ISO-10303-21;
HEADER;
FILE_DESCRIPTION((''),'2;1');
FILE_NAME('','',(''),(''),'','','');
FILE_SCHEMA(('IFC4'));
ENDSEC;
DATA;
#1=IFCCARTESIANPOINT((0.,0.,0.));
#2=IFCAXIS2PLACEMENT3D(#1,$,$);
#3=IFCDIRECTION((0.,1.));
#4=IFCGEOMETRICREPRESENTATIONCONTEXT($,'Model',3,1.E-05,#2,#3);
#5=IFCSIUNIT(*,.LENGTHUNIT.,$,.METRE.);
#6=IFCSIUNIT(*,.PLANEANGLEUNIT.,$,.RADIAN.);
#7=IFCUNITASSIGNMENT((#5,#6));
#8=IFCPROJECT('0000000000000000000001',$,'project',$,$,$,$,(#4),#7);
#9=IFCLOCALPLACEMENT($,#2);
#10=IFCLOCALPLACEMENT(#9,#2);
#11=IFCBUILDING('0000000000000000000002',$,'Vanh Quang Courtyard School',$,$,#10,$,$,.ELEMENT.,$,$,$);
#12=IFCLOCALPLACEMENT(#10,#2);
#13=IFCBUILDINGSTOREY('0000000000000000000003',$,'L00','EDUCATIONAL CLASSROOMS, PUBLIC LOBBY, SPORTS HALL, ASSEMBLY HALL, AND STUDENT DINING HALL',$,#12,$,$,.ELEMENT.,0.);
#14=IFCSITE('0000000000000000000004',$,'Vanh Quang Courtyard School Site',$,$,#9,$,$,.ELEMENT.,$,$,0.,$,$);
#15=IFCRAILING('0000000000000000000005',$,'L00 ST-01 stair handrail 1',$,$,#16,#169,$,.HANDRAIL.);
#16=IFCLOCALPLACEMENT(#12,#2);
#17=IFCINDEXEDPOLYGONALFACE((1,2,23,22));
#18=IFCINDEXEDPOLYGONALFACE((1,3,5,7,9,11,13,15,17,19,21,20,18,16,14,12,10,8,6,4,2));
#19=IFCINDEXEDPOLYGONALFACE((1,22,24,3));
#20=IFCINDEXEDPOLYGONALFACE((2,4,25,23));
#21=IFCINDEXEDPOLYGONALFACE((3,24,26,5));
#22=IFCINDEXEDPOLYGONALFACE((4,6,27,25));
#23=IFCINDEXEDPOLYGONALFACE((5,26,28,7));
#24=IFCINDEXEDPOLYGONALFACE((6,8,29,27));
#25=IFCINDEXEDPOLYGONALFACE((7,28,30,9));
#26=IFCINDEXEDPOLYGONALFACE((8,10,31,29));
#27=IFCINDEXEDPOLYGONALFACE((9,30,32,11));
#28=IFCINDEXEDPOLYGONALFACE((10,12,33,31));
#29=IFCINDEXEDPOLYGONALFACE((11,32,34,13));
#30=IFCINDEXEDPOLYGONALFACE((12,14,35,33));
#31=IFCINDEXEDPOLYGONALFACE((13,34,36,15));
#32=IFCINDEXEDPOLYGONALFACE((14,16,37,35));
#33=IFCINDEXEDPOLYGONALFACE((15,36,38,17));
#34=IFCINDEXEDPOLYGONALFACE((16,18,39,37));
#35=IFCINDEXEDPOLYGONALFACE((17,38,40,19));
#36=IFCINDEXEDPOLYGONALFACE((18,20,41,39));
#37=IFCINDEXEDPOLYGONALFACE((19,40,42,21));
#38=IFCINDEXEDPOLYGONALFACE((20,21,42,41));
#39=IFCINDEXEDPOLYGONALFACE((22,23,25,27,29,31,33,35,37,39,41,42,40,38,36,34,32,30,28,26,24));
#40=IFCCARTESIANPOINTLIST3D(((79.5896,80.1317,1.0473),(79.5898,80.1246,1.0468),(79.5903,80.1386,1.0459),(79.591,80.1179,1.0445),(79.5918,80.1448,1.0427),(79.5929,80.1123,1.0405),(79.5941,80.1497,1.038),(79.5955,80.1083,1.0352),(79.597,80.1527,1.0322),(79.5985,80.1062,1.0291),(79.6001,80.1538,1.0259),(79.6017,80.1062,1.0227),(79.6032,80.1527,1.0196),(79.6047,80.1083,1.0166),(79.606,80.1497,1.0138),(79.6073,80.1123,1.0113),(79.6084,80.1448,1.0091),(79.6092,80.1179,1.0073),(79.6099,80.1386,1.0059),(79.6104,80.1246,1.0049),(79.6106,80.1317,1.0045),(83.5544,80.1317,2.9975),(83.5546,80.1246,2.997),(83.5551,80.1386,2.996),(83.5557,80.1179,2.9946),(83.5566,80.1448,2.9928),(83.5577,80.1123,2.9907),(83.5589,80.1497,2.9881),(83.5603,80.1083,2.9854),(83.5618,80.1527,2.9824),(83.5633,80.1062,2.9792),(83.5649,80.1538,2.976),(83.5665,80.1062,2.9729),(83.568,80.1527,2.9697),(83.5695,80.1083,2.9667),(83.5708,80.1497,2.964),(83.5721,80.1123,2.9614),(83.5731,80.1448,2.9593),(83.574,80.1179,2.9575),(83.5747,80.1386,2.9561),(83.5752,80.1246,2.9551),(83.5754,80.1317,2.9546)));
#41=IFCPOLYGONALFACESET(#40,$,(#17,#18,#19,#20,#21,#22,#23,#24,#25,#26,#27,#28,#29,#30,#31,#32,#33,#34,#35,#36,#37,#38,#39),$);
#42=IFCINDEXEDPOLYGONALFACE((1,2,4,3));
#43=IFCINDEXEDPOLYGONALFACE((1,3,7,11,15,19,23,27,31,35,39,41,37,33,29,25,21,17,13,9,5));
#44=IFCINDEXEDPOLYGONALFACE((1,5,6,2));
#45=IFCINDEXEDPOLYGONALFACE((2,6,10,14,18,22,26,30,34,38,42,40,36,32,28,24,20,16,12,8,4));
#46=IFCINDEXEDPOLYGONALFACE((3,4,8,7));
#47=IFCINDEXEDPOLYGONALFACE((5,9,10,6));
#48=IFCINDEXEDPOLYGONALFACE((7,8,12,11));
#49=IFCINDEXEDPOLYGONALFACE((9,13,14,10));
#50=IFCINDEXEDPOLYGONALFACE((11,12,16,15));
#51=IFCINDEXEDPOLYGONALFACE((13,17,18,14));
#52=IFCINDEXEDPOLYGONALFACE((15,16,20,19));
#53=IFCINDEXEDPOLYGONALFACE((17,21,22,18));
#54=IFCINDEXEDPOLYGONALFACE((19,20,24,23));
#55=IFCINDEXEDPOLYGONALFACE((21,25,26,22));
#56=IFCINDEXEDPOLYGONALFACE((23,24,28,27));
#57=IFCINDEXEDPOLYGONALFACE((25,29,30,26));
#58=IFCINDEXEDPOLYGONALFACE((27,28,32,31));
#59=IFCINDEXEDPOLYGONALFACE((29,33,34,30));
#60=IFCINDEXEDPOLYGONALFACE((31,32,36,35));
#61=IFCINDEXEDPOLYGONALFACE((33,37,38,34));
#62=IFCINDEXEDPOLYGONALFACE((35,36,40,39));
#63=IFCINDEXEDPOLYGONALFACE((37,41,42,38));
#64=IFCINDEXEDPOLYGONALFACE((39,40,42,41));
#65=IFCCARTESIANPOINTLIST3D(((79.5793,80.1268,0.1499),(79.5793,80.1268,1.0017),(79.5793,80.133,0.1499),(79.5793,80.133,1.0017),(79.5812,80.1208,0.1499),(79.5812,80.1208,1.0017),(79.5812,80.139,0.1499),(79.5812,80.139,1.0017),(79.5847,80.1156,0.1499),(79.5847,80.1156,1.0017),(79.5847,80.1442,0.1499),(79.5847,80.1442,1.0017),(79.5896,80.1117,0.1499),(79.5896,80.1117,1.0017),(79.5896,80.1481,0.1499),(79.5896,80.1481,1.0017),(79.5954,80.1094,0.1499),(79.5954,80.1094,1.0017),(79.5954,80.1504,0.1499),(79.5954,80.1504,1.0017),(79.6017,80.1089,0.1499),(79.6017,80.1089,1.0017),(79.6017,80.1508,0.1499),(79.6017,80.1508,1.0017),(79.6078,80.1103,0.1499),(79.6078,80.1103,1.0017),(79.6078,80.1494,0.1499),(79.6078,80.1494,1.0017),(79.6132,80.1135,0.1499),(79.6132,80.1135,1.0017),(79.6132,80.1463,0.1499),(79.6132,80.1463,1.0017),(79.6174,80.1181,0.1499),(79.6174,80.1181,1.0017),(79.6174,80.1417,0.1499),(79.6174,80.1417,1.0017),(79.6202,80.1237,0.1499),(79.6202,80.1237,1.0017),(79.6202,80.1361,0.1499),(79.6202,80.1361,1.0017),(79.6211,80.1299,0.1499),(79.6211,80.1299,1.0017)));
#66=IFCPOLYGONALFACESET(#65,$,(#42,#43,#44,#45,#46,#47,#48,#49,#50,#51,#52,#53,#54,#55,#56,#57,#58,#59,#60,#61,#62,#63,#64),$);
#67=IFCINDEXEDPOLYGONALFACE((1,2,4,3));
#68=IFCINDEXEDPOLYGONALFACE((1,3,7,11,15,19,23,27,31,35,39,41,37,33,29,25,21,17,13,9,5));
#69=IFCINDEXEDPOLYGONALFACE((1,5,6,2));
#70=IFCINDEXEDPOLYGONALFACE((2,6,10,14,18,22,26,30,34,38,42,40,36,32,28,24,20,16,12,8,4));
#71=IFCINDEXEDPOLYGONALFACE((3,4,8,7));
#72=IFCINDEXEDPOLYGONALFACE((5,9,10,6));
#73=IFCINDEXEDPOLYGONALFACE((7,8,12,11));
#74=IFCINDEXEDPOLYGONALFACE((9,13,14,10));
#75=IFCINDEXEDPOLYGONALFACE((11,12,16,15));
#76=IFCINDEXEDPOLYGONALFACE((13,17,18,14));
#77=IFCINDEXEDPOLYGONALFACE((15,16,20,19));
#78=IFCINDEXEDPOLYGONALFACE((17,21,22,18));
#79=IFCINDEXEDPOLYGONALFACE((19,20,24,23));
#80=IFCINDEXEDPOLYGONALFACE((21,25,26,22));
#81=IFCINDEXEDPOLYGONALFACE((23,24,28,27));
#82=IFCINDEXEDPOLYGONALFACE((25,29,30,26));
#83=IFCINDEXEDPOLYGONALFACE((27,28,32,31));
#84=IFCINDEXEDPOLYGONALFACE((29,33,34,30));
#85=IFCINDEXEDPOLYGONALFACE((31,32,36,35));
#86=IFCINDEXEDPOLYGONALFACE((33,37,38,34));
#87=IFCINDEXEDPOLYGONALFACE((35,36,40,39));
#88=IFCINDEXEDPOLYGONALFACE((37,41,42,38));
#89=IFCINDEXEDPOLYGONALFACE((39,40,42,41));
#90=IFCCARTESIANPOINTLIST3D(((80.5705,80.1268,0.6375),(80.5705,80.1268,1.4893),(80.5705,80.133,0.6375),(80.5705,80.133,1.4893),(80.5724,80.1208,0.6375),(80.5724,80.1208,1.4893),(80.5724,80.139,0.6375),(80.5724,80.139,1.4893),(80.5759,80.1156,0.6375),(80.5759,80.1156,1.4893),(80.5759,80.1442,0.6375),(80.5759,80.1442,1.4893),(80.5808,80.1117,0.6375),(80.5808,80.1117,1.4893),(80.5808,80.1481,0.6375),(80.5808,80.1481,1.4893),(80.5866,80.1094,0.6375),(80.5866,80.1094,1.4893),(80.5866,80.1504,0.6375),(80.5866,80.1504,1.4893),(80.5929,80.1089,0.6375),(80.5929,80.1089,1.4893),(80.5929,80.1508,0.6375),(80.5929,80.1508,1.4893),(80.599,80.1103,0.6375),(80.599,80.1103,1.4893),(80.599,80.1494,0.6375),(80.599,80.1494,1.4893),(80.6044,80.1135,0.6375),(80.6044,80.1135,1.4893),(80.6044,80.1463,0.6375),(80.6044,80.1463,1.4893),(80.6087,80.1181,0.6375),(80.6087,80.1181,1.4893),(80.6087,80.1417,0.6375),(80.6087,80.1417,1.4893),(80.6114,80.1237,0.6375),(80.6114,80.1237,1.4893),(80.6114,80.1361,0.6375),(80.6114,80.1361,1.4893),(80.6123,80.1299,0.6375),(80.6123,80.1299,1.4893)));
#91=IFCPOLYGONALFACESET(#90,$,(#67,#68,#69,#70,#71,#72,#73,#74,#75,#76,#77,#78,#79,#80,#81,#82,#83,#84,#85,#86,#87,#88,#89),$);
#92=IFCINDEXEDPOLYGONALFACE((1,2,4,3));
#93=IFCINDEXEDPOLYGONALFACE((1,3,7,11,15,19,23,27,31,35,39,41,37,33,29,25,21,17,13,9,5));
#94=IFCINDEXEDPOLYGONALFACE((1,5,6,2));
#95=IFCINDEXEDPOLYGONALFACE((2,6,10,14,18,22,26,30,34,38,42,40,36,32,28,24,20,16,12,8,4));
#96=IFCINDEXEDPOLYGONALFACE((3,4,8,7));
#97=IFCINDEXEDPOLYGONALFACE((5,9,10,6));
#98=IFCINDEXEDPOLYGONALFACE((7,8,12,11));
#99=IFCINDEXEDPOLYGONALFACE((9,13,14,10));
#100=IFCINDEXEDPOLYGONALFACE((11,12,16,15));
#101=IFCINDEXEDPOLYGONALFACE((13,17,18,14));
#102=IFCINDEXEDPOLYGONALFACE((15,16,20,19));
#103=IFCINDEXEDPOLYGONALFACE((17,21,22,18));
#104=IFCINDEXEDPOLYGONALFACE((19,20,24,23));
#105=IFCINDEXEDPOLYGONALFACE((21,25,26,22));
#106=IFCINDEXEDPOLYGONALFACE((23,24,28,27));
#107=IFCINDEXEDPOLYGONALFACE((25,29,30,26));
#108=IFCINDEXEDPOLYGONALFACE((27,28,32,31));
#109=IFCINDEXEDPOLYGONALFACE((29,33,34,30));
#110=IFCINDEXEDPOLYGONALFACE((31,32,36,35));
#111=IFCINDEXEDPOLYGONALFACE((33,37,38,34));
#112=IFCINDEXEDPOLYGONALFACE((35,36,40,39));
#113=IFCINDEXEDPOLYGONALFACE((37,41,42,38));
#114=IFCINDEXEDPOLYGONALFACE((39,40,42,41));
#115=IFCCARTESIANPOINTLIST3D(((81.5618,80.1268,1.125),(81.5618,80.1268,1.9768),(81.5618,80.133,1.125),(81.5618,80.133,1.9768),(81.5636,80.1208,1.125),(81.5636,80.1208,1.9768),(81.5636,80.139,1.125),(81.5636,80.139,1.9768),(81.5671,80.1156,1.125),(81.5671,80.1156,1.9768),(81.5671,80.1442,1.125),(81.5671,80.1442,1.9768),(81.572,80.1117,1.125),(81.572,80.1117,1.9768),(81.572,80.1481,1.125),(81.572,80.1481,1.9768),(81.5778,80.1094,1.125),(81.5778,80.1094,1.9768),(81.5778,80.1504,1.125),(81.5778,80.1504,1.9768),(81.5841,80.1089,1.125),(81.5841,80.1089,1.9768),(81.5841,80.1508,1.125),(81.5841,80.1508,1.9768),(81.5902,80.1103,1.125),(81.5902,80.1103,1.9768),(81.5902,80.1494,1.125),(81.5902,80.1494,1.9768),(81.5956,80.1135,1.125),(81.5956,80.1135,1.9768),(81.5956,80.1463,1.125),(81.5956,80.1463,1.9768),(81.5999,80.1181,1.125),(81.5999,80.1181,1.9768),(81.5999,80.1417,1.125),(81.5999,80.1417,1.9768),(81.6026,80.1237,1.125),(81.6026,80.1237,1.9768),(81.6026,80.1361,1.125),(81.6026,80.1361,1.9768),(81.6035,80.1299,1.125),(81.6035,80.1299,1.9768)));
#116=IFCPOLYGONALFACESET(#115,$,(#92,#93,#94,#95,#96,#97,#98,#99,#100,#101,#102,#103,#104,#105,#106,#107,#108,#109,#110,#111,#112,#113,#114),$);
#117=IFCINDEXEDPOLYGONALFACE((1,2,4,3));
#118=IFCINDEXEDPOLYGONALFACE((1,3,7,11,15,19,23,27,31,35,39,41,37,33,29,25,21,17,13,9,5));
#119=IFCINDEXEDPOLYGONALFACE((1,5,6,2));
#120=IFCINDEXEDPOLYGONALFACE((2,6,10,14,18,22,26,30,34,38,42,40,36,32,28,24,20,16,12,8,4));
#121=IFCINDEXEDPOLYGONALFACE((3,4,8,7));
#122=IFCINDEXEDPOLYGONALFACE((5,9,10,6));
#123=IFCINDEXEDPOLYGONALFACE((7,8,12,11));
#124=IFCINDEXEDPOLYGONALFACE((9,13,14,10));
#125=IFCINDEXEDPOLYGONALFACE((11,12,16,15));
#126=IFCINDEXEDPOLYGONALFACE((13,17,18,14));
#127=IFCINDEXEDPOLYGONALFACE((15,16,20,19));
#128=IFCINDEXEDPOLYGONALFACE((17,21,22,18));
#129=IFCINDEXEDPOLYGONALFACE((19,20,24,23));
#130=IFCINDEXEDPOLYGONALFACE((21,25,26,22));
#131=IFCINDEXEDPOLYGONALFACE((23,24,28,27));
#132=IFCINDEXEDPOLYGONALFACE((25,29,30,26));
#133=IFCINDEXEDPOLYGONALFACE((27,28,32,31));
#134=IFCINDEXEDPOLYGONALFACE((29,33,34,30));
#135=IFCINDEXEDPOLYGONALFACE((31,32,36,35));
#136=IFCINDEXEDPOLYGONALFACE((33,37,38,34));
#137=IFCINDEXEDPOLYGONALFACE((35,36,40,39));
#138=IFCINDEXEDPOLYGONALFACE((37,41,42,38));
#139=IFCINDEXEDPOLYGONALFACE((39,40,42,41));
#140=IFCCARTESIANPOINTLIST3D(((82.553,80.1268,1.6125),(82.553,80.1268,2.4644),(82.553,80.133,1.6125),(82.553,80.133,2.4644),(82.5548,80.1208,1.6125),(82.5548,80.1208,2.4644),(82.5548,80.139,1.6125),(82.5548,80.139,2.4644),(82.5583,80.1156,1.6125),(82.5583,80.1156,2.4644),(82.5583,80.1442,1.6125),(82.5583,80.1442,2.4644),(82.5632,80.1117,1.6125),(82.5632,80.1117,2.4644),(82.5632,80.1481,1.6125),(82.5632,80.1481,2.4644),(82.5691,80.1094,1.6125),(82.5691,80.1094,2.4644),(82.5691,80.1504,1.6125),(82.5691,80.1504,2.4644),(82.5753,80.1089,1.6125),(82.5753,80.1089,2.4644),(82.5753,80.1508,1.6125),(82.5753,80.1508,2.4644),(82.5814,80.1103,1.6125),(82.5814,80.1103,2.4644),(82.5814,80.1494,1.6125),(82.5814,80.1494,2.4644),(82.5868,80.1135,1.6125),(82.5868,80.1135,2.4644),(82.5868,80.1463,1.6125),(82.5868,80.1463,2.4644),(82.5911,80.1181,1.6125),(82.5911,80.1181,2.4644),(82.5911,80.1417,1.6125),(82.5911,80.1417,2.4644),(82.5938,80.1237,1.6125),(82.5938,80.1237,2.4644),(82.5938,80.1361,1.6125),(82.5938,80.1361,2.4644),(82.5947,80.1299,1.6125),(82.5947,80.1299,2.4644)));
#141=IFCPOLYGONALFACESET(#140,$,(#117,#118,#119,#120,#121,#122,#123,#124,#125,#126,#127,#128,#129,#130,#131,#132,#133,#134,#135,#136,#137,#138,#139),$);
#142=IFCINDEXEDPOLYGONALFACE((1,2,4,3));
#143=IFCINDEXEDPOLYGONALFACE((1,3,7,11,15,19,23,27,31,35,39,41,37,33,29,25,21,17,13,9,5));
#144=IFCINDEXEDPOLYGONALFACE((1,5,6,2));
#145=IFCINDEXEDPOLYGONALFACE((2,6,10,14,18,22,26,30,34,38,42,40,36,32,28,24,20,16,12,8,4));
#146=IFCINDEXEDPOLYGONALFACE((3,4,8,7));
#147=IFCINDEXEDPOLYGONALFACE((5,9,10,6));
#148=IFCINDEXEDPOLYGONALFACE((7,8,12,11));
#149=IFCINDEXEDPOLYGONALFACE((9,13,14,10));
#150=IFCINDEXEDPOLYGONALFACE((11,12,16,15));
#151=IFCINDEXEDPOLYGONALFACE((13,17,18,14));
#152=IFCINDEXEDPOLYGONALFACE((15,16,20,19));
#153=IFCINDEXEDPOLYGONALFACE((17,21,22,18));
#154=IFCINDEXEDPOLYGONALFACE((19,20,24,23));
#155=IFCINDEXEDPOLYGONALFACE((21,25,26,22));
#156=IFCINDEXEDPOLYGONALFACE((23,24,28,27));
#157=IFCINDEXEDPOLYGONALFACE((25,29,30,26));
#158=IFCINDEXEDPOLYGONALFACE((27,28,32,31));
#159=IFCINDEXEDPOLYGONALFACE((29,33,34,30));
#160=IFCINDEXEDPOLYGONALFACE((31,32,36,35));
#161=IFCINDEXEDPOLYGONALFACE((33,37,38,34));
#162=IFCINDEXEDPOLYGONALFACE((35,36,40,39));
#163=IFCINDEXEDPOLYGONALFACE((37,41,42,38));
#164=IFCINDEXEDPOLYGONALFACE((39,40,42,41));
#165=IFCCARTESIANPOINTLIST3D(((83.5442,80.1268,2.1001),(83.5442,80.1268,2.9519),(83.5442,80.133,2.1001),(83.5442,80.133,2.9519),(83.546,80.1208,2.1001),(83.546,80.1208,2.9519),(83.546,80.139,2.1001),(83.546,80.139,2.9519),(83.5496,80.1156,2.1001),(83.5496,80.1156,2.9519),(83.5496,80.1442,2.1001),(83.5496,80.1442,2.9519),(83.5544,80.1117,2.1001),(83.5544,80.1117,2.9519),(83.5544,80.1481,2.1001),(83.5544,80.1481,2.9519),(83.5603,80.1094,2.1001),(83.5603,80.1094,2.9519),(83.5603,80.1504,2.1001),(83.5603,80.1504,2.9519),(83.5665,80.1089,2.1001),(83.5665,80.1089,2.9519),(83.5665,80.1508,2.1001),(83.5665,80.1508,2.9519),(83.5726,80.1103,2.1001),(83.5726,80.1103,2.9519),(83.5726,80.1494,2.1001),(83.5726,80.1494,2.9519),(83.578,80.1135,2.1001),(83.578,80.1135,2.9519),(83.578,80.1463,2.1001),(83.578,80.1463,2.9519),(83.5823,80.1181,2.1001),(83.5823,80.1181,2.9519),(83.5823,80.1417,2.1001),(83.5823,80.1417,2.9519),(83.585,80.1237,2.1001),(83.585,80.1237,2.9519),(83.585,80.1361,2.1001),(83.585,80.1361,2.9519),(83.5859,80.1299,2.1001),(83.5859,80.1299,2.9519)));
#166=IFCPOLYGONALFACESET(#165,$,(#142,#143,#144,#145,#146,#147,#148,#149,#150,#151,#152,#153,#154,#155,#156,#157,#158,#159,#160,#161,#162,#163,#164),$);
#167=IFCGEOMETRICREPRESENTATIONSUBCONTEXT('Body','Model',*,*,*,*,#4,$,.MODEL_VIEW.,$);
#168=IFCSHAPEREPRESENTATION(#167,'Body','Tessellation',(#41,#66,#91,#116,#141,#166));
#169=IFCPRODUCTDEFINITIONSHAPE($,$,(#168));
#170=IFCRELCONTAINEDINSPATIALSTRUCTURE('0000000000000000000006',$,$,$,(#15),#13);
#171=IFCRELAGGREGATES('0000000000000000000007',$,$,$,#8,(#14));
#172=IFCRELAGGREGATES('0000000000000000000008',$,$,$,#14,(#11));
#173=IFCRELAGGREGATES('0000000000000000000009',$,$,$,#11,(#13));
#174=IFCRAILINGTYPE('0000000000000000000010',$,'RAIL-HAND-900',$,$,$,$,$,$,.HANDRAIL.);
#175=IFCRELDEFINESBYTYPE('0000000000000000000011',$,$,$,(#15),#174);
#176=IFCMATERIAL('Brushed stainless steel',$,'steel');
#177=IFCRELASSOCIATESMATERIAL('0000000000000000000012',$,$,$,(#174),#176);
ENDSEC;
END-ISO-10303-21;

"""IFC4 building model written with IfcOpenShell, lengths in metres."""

from ifc_helpers import new_model, si_unit, direction, frame, origin, origin_2d, place, context, subcontext, project, spatial, circle, extrude, material, type_object, element, save


model = new_model("IFC4")

# Units and contexts
model_context = context("Model", 3, precision=1e-05, world=origin(), true_north=direction((0.0, 1.0)))
body_context = subcontext(model_context, "Body", "Model", "MODEL_VIEW")
ifc_project = project(units=[si_unit("LENGTHUNIT", "METRE"), si_unit("PLANEANGLEUNIT", "RADIAN")], contexts=[model_context])

# Site, building, storey
site_placement = place(None, origin())
site = spatial("IfcSite", under=ifc_project, at=site_placement, Name="Vanh Quang Courtyard School Site", CompositionType="ELEMENT", RefElevation=0.0)
building_placement = place(site_placement, origin())
building = spatial("IfcBuilding", under=site, at=building_placement, Name="Vanh Quang Courtyard School", CompositionType="ELEMENT")
storey_placement = place(building_placement, origin())
storey = spatial("IfcBuildingStorey", under=building, at=storey_placement, Name="L00", Description="EDUCATIONAL CLASSROOMS, PUBLIC LOBBY, SPORTS HALL, ASSEMBLY HALL, AND STUDENT DINING HALL", CompositionType="ELEMENT", Elevation=0.0)

# Railing
ifc_material_1 = material(Name="Brushed stainless steel", Category="steel")
railing_type_1 = type_object("IfcRailingType", Name="RAIL-HAND-900", PredefinedType="HANDRAIL", material=ifc_material_1)
for number, where, name in (
    (1, (79.6001, 80.1299, 0.1499), "L00 ST-01 stair handrail 1"),
):
    element("IfcRailing", number, at=place(storey_placement, frame(where)), inside=storey, type_object=railing_type_1, Name=name, PredefinedType="HANDRAIL", context=body_context, shape_type="SweptSolid", body=[
        extrude(circle(Radius=0.0239, at=origin_2d()), frame((0.0, 0.0, 0.876), z_axis=(0.897326, 0.0, 0.441369), x_axis=(0.0, 1.0, 0.0)), (0.0, 0.0, 1.0), 4.4185),
        extrude(circle(Radius=0.021, at=origin_2d()), origin(), (0.0, 0.0, 1.0), 0.8518),
        extrude(circle(Radius=0.021, at=origin_2d()), frame((0.9912, 0.0, 0.4875)), (0.0, 0.0, 1.0), 0.8518),
        extrude(circle(Radius=0.021, at=origin_2d()), frame((1.9824, 0.0, 0.9751)), (0.0, 0.0, 1.0), 0.8518),
        extrude(circle(Radius=0.021, at=origin_2d()), frame((2.9736, 0.0, 1.4626)), (0.0, 0.0, 1.0), 0.8518),
        extrude(circle(Radius=0.021, at=origin_2d()), frame((3.9648, 0.0, 1.9502)), (0.0, 0.0, 1.0), 0.8518),
    ])

save(model, "model.ifc")
